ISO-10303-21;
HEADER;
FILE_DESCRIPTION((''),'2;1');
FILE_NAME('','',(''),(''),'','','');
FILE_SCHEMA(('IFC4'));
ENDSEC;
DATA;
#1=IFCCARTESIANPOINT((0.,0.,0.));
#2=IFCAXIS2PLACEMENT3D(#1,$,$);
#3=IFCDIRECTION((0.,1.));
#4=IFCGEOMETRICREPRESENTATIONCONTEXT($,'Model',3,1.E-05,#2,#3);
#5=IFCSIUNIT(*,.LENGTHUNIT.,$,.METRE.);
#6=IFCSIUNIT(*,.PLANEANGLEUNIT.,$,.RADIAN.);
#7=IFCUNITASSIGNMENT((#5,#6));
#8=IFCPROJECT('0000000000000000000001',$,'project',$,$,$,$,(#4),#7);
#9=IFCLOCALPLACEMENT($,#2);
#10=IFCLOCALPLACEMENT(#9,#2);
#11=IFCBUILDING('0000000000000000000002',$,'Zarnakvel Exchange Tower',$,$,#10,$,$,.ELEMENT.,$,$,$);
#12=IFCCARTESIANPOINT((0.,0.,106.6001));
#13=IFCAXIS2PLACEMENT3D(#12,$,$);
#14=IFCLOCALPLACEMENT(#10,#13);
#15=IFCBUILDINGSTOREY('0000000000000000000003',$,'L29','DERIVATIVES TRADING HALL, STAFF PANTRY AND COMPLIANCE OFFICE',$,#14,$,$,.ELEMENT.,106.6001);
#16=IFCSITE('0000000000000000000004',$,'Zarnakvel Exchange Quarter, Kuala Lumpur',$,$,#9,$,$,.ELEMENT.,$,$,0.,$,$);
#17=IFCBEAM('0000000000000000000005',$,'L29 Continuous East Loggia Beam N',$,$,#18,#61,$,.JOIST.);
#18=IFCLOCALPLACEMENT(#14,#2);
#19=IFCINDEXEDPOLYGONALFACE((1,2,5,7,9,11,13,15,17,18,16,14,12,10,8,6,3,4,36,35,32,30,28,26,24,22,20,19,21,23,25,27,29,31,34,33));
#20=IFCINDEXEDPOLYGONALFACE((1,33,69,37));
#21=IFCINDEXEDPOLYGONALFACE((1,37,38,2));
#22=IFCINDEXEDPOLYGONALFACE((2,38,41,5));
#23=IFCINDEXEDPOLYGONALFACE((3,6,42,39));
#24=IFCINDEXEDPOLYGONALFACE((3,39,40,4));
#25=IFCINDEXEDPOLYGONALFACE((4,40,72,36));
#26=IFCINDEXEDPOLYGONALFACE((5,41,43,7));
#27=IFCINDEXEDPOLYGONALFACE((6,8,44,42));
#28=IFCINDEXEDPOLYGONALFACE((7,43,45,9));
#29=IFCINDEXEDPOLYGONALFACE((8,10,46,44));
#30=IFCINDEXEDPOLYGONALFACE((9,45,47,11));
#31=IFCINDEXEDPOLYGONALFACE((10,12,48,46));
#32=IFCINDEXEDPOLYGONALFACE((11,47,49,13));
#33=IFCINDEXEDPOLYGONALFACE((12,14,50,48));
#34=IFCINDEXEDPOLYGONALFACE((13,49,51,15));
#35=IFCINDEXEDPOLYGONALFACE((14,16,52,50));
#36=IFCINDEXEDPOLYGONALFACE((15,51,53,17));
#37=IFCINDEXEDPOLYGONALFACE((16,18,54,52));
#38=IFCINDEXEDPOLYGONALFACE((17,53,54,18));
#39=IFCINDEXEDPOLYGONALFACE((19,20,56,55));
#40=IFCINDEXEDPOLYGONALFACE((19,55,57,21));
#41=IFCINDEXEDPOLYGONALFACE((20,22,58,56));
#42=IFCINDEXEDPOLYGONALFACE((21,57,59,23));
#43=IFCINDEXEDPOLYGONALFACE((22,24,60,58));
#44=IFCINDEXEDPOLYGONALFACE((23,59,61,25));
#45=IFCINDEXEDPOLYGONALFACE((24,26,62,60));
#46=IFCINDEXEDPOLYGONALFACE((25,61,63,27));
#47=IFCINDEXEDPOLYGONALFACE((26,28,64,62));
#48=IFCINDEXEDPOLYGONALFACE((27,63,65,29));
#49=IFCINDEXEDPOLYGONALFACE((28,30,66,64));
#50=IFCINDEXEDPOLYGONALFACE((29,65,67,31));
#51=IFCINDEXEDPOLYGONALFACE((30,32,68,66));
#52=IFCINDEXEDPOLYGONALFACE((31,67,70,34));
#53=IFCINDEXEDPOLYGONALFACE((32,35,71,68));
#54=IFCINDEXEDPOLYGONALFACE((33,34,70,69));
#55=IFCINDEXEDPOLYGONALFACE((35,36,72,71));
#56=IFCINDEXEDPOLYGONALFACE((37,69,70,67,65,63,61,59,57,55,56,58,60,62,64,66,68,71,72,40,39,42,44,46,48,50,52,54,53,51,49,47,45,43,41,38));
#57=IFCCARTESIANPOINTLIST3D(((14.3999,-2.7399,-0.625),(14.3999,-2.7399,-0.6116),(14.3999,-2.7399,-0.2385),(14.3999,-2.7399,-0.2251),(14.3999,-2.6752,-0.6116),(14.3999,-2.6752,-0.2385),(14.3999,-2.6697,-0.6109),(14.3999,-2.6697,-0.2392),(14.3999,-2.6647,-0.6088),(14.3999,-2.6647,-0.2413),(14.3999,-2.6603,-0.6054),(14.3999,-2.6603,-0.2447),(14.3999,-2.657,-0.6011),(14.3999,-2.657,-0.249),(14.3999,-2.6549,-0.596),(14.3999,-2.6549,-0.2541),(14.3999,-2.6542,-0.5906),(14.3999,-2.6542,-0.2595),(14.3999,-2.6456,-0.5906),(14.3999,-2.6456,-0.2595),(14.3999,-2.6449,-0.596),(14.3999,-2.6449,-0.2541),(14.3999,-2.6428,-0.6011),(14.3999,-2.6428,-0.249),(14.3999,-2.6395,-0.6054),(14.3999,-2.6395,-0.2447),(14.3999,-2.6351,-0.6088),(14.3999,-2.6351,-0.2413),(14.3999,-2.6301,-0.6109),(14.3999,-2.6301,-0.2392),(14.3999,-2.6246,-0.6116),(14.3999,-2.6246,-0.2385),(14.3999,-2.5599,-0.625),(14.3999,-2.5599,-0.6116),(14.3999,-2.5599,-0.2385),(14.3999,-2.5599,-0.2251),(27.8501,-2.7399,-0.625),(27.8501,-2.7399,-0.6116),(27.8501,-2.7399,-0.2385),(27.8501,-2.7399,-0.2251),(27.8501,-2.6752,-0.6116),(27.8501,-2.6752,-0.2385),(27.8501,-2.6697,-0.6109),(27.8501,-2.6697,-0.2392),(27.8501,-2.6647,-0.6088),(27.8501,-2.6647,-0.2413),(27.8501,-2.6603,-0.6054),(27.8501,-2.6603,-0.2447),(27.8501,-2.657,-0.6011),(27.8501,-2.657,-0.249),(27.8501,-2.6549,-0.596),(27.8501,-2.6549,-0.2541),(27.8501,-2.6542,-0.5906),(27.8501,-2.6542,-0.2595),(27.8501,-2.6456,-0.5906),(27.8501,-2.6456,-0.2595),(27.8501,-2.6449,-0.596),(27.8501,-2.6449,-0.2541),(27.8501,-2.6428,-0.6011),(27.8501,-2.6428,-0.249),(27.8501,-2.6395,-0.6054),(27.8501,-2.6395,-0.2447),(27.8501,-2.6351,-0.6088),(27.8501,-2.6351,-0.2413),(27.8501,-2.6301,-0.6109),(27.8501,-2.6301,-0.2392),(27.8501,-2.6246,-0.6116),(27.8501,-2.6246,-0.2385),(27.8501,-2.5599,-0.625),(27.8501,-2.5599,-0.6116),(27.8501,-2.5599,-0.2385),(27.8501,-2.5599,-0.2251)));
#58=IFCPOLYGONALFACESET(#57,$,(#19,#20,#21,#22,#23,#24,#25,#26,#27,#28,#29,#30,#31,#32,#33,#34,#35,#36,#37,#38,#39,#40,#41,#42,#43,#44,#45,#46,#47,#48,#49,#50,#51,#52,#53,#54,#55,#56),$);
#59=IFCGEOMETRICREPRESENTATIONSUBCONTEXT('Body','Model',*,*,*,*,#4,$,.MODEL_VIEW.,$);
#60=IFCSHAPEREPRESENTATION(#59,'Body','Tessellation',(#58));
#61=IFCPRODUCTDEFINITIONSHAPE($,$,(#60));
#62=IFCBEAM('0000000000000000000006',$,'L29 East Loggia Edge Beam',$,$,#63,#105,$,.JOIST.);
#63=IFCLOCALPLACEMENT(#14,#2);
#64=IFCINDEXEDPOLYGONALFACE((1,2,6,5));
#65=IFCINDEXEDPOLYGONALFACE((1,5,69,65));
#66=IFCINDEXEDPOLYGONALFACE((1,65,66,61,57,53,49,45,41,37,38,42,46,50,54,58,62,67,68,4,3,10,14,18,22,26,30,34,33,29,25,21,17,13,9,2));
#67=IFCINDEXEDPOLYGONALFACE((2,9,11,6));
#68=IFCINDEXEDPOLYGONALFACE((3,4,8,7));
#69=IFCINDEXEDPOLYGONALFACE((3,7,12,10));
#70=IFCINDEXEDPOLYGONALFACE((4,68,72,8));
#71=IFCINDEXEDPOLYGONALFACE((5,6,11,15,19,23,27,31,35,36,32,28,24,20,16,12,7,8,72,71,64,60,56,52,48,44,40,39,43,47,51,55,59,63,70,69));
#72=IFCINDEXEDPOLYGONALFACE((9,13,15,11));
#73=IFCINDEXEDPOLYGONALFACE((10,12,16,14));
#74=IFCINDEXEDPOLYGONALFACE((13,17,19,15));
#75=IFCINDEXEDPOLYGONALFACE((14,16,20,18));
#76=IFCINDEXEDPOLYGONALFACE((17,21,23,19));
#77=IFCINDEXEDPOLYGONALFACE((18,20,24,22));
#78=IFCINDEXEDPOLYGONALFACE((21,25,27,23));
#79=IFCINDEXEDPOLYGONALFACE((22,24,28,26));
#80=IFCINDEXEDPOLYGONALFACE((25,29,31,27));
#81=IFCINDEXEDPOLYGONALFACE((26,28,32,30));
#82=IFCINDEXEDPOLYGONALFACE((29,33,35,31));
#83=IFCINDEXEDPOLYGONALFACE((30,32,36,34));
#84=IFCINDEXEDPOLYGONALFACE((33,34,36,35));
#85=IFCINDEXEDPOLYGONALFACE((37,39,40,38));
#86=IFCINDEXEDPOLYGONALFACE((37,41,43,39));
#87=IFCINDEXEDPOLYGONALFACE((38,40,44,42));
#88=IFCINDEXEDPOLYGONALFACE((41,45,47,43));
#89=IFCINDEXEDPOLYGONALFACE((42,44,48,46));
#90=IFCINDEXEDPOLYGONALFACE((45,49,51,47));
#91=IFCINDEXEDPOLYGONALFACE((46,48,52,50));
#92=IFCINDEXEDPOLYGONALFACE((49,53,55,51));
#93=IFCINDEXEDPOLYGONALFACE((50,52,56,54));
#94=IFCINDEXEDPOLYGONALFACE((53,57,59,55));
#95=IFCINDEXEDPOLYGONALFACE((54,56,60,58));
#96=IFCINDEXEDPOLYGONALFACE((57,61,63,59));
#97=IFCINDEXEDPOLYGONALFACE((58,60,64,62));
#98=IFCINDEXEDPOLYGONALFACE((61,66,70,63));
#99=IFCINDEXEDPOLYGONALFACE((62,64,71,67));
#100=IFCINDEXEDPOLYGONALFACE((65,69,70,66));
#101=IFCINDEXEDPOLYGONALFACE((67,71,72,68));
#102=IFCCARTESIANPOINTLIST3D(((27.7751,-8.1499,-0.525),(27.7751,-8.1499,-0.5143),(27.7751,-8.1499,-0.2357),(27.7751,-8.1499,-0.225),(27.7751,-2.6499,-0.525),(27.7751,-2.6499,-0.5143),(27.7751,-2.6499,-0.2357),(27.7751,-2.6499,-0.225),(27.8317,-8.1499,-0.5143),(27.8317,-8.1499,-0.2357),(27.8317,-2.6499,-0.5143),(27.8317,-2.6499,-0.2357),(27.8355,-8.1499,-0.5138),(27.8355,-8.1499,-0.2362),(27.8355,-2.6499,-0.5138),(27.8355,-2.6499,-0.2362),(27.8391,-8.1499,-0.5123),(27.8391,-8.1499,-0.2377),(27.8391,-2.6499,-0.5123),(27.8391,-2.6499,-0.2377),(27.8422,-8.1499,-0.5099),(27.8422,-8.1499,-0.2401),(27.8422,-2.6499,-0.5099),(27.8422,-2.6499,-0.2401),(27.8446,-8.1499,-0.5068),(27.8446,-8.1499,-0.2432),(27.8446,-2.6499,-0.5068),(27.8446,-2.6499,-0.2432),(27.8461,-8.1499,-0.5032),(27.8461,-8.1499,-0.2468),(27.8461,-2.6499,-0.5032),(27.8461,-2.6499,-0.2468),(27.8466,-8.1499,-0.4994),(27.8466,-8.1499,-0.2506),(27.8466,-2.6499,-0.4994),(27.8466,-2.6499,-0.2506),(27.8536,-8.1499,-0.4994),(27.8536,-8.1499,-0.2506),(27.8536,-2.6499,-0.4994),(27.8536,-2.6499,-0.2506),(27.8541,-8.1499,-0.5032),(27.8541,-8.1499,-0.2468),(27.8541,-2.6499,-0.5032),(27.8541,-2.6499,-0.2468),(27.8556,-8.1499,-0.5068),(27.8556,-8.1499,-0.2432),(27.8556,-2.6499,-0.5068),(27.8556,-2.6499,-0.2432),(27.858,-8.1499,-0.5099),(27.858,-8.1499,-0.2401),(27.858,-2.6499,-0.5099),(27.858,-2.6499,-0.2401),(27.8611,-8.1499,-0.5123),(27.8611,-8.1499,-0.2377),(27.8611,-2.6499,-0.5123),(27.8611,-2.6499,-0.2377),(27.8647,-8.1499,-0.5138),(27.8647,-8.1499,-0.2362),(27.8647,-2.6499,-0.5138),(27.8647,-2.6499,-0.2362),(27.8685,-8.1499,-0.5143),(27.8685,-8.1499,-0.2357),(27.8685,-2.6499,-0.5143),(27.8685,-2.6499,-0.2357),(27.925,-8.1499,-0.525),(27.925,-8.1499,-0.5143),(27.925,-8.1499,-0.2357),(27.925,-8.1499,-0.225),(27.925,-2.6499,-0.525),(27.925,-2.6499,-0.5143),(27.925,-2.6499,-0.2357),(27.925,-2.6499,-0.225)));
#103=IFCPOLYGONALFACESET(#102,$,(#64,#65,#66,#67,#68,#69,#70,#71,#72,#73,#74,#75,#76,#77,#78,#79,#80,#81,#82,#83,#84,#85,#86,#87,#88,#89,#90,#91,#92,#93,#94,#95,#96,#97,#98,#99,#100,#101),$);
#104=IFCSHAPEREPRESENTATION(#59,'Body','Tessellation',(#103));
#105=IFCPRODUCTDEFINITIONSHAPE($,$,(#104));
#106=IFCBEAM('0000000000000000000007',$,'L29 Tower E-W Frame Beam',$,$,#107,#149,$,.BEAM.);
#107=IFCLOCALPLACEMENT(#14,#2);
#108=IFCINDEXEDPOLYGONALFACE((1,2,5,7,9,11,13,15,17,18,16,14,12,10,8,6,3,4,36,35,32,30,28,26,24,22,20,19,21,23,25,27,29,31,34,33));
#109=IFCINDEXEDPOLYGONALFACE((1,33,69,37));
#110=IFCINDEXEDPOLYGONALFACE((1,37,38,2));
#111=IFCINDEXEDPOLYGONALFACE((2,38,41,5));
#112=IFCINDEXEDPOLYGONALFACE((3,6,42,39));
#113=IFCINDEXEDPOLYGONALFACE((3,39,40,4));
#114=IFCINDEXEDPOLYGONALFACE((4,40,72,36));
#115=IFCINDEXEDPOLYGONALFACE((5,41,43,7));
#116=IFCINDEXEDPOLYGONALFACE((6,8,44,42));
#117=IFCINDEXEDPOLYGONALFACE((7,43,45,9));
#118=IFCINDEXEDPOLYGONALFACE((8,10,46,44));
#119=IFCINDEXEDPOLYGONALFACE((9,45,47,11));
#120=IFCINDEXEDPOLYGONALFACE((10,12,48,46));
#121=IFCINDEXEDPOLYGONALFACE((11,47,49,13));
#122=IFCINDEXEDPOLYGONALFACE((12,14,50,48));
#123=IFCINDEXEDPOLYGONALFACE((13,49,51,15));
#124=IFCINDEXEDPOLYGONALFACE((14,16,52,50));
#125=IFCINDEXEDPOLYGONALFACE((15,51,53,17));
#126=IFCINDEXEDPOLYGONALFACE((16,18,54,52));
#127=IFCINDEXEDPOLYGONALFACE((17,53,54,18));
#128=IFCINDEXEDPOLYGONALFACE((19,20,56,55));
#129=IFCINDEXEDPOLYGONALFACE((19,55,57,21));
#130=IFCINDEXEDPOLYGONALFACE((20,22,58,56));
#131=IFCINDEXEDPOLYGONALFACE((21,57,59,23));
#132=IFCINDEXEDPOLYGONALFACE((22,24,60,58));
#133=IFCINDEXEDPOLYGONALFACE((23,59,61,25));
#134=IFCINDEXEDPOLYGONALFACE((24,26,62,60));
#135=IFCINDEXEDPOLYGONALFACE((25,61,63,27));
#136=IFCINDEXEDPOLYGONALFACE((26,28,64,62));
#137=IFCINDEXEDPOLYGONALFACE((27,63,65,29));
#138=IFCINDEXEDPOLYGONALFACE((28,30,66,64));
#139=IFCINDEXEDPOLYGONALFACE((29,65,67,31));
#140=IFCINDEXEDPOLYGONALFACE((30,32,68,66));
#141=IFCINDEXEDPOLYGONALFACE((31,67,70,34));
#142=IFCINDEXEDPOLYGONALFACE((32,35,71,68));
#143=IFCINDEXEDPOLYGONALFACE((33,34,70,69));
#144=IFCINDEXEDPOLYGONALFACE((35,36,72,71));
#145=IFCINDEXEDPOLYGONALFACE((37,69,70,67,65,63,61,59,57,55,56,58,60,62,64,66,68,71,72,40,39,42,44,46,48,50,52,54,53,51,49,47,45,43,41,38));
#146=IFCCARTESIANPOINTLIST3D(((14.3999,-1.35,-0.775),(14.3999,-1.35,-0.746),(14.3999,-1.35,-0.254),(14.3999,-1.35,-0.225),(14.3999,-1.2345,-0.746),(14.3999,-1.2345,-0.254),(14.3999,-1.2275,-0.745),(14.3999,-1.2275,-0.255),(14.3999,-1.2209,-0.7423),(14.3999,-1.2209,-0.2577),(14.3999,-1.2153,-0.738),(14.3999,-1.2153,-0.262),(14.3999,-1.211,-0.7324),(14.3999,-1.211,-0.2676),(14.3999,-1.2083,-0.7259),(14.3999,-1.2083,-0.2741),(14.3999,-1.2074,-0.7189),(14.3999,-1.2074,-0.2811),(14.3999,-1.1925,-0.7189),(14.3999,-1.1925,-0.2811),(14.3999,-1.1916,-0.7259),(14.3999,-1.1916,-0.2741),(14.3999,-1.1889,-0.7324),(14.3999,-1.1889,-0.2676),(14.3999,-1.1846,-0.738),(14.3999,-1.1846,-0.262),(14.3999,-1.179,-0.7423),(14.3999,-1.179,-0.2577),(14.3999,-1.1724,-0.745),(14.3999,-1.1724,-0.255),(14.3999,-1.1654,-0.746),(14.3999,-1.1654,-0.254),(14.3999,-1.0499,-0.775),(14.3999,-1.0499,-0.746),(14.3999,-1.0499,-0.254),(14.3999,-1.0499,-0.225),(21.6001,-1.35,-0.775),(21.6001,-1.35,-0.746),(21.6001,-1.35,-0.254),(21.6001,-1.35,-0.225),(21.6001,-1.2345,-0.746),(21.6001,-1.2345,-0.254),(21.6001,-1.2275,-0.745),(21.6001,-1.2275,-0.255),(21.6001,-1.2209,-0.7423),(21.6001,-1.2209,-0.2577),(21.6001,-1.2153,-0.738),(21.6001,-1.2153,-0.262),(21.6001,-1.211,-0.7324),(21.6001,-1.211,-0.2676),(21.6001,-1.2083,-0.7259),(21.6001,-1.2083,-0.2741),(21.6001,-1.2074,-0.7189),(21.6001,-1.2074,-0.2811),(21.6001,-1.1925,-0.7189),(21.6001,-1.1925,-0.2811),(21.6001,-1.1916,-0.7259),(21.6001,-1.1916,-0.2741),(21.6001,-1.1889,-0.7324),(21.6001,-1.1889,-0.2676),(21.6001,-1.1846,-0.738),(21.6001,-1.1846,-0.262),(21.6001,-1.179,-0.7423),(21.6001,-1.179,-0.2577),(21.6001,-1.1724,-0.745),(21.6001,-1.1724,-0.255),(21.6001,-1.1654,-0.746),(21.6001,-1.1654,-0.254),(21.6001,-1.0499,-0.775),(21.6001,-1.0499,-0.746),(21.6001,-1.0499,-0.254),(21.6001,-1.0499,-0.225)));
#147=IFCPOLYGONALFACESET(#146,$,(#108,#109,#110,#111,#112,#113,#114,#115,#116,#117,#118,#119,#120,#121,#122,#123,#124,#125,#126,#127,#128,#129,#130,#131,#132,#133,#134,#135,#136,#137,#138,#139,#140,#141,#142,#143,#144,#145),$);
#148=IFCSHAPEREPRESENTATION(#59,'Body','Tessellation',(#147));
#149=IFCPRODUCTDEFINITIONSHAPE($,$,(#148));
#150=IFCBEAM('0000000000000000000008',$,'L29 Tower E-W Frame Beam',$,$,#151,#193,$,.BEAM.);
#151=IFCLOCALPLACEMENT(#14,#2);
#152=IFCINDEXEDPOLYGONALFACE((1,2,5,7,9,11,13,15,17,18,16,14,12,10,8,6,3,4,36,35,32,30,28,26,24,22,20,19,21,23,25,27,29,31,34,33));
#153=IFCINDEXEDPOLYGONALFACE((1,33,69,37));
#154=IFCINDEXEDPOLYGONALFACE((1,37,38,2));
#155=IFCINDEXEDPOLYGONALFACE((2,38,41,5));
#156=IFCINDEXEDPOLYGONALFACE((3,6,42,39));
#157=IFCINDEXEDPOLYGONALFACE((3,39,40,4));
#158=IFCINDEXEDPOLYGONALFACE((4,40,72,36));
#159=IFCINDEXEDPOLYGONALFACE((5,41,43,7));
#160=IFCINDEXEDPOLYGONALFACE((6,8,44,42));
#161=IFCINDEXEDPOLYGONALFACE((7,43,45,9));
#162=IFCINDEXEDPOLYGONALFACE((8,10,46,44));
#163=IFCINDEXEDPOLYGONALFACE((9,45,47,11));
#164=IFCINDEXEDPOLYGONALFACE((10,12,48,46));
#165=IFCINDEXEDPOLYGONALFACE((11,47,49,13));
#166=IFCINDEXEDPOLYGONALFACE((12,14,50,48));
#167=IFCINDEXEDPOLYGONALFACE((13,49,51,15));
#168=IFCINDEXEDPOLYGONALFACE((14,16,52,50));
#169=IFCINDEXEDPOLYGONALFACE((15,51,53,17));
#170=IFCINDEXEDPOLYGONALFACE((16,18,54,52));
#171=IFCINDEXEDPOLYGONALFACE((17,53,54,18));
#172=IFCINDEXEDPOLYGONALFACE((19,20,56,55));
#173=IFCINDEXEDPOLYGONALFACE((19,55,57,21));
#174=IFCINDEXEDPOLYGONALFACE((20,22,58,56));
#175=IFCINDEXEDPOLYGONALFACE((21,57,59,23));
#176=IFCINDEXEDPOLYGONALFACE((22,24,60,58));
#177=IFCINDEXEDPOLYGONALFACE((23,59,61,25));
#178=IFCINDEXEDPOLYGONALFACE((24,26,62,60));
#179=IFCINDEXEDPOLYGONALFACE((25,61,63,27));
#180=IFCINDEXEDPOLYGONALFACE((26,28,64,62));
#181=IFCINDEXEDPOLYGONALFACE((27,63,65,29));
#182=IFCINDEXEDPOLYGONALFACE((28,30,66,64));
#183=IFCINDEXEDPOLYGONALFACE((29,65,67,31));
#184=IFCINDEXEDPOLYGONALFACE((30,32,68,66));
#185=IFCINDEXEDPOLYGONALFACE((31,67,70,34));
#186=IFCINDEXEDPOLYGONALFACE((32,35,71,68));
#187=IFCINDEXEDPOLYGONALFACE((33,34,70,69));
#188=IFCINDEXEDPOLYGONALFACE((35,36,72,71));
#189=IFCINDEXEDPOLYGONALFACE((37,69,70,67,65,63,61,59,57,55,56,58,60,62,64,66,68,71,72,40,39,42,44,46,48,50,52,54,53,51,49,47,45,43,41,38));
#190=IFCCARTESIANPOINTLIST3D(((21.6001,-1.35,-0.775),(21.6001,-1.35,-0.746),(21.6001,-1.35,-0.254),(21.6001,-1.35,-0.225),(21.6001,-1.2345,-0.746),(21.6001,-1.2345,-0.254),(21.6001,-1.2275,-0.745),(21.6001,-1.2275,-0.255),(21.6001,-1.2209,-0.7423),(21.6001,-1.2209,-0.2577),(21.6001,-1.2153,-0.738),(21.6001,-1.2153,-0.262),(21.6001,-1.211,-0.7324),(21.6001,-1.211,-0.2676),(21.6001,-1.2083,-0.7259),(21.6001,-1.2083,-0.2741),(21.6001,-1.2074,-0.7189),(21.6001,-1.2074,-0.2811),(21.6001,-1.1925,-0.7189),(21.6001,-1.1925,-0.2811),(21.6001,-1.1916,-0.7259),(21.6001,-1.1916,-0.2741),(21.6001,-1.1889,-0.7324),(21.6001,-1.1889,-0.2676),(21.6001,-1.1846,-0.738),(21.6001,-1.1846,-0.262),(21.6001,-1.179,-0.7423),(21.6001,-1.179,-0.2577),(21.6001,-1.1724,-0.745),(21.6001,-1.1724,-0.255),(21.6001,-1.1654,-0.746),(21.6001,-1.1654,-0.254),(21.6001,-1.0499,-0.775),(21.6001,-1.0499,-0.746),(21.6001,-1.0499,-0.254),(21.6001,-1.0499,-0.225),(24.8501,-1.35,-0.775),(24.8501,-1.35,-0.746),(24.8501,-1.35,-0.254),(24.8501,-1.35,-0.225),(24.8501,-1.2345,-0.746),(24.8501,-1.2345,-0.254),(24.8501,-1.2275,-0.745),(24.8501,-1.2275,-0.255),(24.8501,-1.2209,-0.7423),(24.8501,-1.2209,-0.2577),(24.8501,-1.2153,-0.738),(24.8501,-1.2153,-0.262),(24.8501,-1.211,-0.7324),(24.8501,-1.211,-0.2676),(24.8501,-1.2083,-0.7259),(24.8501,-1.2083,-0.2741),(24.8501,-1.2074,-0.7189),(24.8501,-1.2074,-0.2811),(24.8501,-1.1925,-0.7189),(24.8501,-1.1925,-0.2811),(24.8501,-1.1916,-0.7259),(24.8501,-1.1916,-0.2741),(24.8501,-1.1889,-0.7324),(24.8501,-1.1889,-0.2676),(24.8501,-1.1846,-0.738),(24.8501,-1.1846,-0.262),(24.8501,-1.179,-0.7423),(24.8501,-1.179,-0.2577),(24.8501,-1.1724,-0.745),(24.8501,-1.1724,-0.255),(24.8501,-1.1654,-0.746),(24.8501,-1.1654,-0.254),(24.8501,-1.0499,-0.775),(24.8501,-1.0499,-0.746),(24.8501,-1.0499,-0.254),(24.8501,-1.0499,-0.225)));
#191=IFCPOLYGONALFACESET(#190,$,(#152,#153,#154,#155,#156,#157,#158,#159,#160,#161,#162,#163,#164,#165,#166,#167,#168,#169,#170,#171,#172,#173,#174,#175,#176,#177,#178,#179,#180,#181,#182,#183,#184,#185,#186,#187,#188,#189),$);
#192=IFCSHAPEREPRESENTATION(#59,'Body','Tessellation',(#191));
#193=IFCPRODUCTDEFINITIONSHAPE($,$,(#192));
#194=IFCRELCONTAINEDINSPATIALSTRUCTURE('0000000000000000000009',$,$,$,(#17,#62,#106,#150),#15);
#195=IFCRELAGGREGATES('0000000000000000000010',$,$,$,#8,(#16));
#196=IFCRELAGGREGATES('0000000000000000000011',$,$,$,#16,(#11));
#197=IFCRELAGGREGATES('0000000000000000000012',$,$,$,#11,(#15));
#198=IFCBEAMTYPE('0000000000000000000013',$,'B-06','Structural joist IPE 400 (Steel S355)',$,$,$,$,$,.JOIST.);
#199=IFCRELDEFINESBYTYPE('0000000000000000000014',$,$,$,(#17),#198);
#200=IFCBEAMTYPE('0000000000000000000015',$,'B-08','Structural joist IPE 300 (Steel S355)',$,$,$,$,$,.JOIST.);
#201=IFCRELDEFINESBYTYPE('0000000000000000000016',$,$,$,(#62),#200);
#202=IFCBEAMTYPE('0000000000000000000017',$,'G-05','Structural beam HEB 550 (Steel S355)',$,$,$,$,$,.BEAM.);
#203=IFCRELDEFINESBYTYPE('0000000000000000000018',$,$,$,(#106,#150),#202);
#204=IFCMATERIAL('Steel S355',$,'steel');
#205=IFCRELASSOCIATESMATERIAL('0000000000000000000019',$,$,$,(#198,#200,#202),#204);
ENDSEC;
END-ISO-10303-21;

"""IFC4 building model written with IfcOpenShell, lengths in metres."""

from ifc_helpers import new_model, si_unit, direction, frame, origin, origin_2d, place, context, subcontext, project, spatial, i_section, extrude, material, material_profile, profile_set, type_object, element, save


model = new_model("IFC4")

# Units and contexts
model_context = context("Model", 3, precision=1e-05, world=origin(), true_north=direction((0.0, 1.0)))
body_context = subcontext(model_context, "Body", "Model", "MODEL_VIEW")
ifc_project = project(units=[si_unit("LENGTHUNIT", "METRE"), si_unit("PLANEANGLEUNIT", "RADIAN")], contexts=[model_context])

# Site, building, storey
site_placement = place(None, origin())
site = spatial("IfcSite", under=ifc_project, at=site_placement, Name="Zarnakvel Exchange Quarter, Kuala Lumpur", CompositionType="ELEMENT", RefElevation=0.0)
building_placement = place(site_placement, origin())
building = spatial("IfcBuilding", under=site, at=building_placement, Name="Zarnakvel Exchange Tower", CompositionType="ELEMENT")
storey_placement = place(building_placement, frame((0.0, 0.0, 106.6001)))
storey = spatial("IfcBuildingStorey", under=building, at=storey_placement, Name="L29", Description="DERIVATIVES TRADING HALL, STAFF PANTRY AND COMPLIANCE OFFICE", CompositionType="ELEMENT", Elevation=106.6001)

# Shared definitions
ifc_material_1 = material(Name="Steel S355", Category="steel")

# Beams
ifc_material_profile_1 = material_profile(ifc_material_1, i_section(OverallWidth=0.1799, OverallDepth=0.3999, WebThickness=0.0085, FlangeThickness=0.0134, FilletRadius=0.021, at=origin_2d()))
ifc_profile_set_1 = profile_set([ifc_material_profile_1], Name="Steel S355")
beam_type_1 = type_object("IfcBeamType", Name="B-06", Description="Structural joist IPE 400 (Steel S355)", PredefinedType="JOIST", material=ifc_profile_set_1)
beam_1_placement = place(storey_placement, frame((14.3999, -2.6499, -0.425), z_axis=(1.0, 0.0, 0.0), x_axis=(0.0, 1.0, 0.0)))
element("IfcBeam", 1, at=beam_1_placement, inside=storey, type_object=beam_type_1, Name="L29 Continuous East Loggia Beam N", PredefinedType="JOIST", context=body_context, shape_type="SweptSolid", body=[
    extrude(i_section(OverallWidth=0.1799, OverallDepth=0.3999, WebThickness=0.0085, FlangeThickness=0.0134, FilletRadius=0.021, at=origin_2d()), origin(), (0.0, 0.0, 1.0), 13.4502),
])
ifc_material_profile_2 = material_profile(ifc_material_1, i_section(OverallWidth=0.1499, OverallDepth=0.3, WebThickness=0.0071, FlangeThickness=0.0107, FilletRadius=0.0149, at=origin_2d()))
ifc_profile_set_2 = profile_set([ifc_material_profile_2], Name="Steel S355")
beam_type_2 = type_object("IfcBeamType", Name="B-08", Description="Structural joist IPE 300 (Steel S355)", PredefinedType="JOIST", material=ifc_profile_set_2)
beam_2_placement = place(storey_placement, frame((27.8501, -8.1499, -0.375), z_axis=(0.0, 1.0, 0.0), x_axis=(-1.0, 0.0, 0.0)))
element("IfcBeam", 2, at=beam_2_placement, inside=storey, type_object=beam_type_2, Name="L29 East Loggia Edge Beam", PredefinedType="JOIST", context=body_context, shape_type="SweptSolid", body=[
    extrude(i_section(OverallWidth=0.1499, OverallDepth=0.3, WebThickness=0.0071, FlangeThickness=0.0107, FilletRadius=0.0149, at=origin_2d()), origin(), (0.0, 0.0, 1.0), 5.5),
])
ifc_material_profile_3 = material_profile(ifc_material_1, i_section(OverallWidth=0.3, OverallDepth=0.55, WebThickness=0.0149, FlangeThickness=0.0291, FilletRadius=0.0271, at=origin_2d()))
ifc_profile_set_3 = profile_set([ifc_material_profile_3], Name="Steel S355")
beam_type_3 = type_object("IfcBeamType", Name="G-05", Description="Structural beam HEB 550 (Steel S355)", PredefinedType="BEAM", material=ifc_profile_set_3)
beam_3_placement = place(storey_placement, frame((14.3999, -1.2, -0.5), z_axis=(1.0, 0.0, 0.0), x_axis=(0.0, 1.0, 0.0)))
element("IfcBeam", 3, at=beam_3_placement, inside=storey, type_object=beam_type_3, Name="L29 Tower E-W Frame Beam", PredefinedType="BEAM", context=body_context, shape_type="SweptSolid", body=[
    extrude(i_section(OverallWidth=0.3, OverallDepth=0.55, WebThickness=0.0149, FlangeThickness=0.0291, FilletRadius=0.0271, at=origin_2d()), origin(), (0.0, 0.0, 1.0), 7.2002),
])
beam_4_placement = place(storey_placement, frame((21.6001, -1.2, -0.5), z_axis=(1.0, 0.0, 0.0), x_axis=(0.0, 1.0, 0.0)))
element("IfcBeam", 4, at=beam_4_placement, inside=storey, type_object=beam_type_3, Name="L29 Tower E-W Frame Beam", PredefinedType="BEAM", context=body_context, shape_type="SweptSolid", body=[
    extrude(i_section(OverallWidth=0.3, OverallDepth=0.55, WebThickness=0.0149, FlangeThickness=0.0291, FilletRadius=0.0271, at=origin_2d()), origin(), (0.0, 0.0, 1.0), 3.25),
])

save(model, "model.ifc")
